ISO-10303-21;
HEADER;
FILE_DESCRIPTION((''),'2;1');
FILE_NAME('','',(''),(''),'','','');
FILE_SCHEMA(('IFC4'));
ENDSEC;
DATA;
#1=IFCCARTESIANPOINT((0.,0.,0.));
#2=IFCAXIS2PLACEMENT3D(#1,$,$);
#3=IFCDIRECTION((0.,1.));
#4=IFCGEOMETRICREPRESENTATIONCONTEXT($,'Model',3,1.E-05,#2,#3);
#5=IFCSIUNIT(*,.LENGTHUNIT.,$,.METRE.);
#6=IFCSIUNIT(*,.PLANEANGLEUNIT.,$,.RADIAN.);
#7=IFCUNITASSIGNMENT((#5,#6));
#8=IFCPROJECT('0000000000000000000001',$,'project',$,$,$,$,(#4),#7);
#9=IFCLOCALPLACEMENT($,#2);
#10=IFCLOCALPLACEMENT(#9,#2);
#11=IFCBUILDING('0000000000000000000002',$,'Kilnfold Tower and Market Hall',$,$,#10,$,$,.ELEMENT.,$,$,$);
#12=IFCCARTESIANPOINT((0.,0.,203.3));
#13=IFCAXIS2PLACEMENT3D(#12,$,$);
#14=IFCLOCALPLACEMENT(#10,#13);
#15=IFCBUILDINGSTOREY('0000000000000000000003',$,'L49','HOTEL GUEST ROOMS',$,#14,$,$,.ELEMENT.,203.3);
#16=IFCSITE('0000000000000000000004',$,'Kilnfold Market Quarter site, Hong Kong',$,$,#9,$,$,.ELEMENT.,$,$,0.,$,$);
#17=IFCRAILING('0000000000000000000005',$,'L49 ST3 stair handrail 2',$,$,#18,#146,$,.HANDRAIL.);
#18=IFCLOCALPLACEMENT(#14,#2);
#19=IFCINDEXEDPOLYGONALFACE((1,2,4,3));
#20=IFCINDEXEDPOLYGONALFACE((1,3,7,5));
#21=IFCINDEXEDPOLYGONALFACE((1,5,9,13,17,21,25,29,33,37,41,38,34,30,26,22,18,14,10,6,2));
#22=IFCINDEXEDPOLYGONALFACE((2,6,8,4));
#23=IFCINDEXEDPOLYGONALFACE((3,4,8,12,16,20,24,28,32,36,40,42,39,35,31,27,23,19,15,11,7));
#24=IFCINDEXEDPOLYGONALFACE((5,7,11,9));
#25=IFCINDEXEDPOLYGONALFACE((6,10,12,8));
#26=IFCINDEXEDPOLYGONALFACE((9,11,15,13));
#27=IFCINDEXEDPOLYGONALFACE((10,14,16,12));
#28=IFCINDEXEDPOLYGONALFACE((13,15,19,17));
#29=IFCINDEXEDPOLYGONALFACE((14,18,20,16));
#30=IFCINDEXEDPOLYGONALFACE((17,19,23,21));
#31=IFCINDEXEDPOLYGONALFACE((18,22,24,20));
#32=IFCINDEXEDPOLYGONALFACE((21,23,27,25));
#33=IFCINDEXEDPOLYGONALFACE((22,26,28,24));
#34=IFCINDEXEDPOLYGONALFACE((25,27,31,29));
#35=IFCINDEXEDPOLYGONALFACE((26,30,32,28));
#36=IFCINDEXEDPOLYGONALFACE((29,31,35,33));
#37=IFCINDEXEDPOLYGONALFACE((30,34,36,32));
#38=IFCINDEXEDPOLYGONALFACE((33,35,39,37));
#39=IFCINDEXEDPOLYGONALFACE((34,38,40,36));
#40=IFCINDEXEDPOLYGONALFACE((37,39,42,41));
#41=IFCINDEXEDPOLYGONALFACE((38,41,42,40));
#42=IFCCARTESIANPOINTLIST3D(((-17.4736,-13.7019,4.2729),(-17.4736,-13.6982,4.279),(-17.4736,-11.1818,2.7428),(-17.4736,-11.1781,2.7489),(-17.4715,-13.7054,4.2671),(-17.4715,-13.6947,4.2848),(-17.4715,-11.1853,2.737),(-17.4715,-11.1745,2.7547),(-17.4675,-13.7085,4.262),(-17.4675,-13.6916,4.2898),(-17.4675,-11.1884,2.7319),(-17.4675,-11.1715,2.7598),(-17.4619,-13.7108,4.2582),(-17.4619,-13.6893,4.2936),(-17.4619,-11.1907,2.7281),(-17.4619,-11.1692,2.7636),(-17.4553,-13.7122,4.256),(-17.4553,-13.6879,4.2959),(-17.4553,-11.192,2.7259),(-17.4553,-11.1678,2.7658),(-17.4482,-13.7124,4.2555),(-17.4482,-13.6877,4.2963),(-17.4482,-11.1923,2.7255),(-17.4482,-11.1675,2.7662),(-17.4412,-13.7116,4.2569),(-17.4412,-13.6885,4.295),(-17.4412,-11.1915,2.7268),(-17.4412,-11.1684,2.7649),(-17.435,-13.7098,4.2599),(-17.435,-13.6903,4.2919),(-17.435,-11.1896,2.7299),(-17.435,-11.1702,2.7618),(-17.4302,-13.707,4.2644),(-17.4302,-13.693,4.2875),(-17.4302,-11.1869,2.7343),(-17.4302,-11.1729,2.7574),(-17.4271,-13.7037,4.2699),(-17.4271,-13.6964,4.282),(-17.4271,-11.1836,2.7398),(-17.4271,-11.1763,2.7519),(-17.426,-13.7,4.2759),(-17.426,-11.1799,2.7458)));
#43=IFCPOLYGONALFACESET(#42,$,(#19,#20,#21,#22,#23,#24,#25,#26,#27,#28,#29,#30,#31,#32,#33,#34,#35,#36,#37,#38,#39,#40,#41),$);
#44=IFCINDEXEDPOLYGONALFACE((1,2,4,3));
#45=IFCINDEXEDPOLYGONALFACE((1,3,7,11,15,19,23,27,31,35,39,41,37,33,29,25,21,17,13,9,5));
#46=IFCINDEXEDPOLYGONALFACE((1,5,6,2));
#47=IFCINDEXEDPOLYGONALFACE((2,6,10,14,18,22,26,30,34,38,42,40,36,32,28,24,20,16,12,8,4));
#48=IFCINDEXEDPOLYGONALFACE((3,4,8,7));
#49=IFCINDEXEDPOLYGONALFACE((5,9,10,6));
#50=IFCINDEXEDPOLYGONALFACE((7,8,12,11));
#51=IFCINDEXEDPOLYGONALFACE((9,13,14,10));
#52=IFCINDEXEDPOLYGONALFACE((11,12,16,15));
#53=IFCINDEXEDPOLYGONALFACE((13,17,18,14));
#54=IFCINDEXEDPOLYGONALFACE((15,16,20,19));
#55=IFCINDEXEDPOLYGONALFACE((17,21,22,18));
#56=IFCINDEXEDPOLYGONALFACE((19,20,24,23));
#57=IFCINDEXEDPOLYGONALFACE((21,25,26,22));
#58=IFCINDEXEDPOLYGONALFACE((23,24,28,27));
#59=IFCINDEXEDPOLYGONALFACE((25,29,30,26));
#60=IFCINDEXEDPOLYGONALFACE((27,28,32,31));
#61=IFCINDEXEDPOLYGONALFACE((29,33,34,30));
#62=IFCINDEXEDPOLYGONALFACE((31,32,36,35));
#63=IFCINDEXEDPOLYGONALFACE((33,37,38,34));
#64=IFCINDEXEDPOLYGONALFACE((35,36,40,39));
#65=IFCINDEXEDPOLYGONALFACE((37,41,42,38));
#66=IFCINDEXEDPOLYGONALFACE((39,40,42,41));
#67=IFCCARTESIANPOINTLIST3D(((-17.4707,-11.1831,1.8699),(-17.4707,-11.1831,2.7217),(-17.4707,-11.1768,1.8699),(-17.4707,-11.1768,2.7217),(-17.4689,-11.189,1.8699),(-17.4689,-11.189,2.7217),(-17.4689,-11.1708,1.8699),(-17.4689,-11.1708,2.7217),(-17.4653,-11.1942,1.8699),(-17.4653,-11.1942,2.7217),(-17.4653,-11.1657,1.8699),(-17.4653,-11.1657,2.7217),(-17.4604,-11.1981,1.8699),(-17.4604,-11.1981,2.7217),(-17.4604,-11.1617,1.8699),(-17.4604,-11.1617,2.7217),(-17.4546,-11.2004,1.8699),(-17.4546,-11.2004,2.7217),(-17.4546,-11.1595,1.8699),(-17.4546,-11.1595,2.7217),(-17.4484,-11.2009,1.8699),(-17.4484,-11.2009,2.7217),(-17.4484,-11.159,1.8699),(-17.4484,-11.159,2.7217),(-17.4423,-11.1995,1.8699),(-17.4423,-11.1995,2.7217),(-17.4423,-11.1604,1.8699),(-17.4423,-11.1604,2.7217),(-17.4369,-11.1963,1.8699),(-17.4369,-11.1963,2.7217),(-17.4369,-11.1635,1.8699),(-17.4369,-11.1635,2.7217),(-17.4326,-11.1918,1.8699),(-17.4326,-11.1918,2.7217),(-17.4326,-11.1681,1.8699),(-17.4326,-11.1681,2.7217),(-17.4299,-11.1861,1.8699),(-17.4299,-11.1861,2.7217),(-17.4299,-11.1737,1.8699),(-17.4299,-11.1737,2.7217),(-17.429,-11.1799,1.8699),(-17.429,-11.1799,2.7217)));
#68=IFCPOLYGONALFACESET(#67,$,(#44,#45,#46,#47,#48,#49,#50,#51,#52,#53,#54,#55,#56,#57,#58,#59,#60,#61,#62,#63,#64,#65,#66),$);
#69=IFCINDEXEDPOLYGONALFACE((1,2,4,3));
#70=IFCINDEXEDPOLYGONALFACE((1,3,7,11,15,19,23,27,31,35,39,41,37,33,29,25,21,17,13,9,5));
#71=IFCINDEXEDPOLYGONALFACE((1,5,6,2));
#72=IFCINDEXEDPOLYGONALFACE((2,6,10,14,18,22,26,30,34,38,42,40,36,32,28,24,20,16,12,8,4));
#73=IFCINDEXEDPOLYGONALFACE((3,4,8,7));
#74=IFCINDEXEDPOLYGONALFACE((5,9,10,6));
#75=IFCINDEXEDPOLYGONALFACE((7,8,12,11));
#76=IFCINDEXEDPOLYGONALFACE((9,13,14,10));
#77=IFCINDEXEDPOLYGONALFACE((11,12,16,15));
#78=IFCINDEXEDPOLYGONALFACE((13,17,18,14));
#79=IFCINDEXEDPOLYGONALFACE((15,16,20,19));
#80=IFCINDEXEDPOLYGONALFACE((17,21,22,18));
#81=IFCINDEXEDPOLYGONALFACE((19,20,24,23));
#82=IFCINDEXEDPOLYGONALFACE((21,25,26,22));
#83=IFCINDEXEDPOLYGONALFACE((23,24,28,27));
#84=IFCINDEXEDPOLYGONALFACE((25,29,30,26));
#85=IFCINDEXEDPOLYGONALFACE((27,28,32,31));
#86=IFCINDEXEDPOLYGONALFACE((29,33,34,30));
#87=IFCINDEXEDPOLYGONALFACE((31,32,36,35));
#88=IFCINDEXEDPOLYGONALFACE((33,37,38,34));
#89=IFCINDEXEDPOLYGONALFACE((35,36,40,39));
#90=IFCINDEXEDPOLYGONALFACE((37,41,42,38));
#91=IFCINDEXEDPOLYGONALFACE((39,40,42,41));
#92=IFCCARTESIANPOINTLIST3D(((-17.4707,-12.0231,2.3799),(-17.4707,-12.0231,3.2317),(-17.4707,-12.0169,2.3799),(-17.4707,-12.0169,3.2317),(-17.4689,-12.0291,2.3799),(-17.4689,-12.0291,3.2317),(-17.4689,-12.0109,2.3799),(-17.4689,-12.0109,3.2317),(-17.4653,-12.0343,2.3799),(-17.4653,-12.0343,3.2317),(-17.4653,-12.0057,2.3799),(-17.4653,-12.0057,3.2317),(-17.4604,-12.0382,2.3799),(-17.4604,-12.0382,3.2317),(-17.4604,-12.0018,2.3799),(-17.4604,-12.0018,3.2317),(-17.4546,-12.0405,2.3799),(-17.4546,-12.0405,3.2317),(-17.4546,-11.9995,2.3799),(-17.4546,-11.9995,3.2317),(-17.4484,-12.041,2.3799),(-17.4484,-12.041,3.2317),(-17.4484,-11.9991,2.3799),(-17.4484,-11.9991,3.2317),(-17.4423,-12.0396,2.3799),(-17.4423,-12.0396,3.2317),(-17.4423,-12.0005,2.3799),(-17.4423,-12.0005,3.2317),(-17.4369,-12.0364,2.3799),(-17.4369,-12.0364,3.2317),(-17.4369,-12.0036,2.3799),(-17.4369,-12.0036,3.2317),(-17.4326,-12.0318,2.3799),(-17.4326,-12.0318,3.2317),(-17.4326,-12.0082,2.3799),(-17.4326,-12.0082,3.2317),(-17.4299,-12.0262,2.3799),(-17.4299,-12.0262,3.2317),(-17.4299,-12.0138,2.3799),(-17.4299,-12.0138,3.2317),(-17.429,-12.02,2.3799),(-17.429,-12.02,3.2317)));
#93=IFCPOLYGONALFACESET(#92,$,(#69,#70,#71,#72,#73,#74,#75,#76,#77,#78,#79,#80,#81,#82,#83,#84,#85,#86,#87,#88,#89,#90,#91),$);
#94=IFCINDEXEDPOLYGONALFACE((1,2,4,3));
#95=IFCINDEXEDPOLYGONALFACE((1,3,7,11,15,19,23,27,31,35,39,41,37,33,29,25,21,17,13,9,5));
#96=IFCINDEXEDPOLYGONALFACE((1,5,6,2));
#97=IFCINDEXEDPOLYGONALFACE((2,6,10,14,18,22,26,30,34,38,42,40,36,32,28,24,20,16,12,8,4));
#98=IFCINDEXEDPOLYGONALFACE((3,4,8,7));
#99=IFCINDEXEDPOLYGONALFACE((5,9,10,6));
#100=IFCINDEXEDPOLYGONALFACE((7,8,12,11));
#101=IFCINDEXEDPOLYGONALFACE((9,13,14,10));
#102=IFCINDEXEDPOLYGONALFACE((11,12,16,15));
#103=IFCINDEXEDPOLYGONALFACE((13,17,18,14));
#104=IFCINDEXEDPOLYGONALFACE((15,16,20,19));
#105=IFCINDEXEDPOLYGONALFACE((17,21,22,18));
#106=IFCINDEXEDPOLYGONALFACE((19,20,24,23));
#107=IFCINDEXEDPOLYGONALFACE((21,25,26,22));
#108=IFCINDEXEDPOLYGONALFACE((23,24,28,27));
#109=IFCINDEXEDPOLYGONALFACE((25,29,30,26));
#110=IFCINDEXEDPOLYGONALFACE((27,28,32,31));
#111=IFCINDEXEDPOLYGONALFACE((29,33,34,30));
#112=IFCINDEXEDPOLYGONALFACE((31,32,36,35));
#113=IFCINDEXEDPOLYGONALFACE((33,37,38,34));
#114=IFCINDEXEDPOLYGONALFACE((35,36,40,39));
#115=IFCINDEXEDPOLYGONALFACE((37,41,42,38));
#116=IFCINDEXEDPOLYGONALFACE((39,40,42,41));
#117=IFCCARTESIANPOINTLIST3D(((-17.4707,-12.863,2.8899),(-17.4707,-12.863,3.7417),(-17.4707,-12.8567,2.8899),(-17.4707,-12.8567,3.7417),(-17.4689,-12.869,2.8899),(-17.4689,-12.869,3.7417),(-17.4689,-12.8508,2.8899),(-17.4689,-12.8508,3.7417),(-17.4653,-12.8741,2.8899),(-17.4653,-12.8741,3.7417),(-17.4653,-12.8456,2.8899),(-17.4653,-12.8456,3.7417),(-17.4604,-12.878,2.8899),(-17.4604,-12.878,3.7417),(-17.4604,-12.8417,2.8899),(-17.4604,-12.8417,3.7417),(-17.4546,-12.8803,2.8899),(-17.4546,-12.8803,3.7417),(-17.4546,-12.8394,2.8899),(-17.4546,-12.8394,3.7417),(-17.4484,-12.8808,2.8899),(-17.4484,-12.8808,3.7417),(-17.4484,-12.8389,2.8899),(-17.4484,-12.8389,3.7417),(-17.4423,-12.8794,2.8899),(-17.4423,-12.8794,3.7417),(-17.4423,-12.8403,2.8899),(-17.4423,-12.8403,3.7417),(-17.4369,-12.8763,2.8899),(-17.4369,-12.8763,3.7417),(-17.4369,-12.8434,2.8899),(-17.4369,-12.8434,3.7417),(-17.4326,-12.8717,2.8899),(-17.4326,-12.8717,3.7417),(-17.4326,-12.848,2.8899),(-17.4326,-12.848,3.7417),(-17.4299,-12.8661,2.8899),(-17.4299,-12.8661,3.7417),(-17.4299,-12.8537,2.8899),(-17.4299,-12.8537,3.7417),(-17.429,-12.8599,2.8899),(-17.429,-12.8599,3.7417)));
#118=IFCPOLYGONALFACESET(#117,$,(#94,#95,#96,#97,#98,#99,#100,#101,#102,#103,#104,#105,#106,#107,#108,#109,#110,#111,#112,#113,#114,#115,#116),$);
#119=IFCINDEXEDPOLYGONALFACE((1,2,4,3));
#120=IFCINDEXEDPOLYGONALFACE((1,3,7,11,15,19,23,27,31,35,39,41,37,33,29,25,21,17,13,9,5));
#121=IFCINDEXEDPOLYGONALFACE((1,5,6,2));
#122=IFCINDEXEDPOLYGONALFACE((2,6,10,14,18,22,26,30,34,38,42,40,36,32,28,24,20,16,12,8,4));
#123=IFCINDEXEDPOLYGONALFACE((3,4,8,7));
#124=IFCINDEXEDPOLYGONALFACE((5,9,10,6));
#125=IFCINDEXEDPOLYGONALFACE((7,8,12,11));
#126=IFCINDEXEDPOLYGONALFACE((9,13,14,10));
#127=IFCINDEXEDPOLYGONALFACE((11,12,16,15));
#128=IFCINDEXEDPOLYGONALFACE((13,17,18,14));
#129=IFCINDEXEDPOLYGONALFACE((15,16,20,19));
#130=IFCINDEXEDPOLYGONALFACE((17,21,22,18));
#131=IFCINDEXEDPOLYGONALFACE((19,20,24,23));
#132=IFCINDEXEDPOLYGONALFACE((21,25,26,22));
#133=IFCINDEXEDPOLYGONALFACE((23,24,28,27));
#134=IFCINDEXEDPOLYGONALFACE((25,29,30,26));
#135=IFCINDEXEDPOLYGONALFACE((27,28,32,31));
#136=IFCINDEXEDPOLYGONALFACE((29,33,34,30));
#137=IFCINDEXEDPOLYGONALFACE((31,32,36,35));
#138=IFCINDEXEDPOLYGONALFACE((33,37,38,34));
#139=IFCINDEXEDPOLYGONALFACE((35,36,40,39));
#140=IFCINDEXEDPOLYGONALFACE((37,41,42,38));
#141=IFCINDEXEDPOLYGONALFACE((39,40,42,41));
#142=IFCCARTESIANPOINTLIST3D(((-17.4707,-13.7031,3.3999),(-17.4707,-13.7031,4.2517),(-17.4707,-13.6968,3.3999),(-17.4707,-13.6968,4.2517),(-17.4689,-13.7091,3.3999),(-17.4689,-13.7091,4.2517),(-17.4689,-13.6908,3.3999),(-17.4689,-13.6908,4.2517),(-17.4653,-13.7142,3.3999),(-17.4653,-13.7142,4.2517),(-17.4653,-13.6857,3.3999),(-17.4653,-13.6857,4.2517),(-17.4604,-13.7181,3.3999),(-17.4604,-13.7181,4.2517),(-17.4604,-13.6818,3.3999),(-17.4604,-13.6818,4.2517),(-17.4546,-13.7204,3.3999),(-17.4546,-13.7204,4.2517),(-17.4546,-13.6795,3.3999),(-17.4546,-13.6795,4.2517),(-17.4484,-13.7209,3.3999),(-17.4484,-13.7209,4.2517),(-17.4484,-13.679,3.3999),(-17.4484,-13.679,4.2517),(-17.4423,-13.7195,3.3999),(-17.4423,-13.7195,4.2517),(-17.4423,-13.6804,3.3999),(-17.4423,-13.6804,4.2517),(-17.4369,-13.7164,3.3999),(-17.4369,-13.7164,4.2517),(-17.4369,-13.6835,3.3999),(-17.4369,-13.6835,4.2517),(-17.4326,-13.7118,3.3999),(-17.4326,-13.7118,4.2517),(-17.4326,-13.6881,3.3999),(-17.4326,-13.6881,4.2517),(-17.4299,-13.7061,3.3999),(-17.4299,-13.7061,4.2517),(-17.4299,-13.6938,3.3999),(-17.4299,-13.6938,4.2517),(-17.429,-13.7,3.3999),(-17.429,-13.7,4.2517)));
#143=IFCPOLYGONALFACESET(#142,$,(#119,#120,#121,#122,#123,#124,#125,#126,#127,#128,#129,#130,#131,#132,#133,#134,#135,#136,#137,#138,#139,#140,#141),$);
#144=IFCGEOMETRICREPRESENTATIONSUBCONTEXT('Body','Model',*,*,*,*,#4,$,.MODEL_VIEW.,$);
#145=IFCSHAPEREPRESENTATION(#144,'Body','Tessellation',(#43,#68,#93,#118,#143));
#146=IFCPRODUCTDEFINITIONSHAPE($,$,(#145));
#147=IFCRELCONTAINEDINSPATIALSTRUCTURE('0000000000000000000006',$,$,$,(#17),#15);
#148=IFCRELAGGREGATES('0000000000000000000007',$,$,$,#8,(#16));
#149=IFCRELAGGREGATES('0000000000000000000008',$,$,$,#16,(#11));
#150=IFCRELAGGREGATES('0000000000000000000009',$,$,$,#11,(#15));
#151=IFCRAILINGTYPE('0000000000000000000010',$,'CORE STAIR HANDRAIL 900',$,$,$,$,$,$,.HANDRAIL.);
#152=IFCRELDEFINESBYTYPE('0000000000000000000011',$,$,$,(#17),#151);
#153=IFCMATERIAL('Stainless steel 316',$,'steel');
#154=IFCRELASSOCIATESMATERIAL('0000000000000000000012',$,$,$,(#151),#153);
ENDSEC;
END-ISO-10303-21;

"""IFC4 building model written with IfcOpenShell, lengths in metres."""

from ifc_helpers import new_model, si_unit, direction, frame, origin, origin_2d, place, context, subcontext, project, spatial, circle, extrude, material, type_object, element, save


model = new_model("IFC4")

# Units and contexts
model_context = context("Model", 3, precision=1e-05, world=origin(), true_north=direction((0.0, 1.0)))
body_context = subcontext(model_context, "Body", "Model", "MODEL_VIEW")
ifc_project = project(units=[si_unit("LENGTHUNIT", "METRE"), si_unit("PLANEANGLEUNIT", "RADIAN")], contexts=[model_context])

# Site, building, storey
site_placement = place(None, origin())
site = spatial("IfcSite", under=ifc_project, at=site_placement, Name="Kilnfold Market Quarter site, Hong Kong", CompositionType="ELEMENT", RefElevation=0.0)
building_placement = place(site_placement, origin())
building = spatial("IfcBuilding", under=site, at=building_placement, Name="Kilnfold Tower and Market Hall", CompositionType="ELEMENT")
storey_placement = place(building_placement, frame((0.0, 0.0, 203.3)))
storey = spatial("IfcBuildingStorey", under=building, at=storey_placement, Name="L49", Description="HOTEL GUEST ROOMS", CompositionType="ELEMENT", Elevation=203.3)

# Railing
ifc_material_1 = material(Name="Stainless steel 316", Category="steel")
railing_type_1 = type_object("IfcRailingType", Name="CORE STAIR HANDRAIL 900", PredefinedType="HANDRAIL", material=ifc_material_1)
railing_1_placement = place(storey_placement, frame((-17.45, -11.1799, 1.8699)))
element("IfcRailing", 1, at=railing_1_placement, inside=storey, type_object=railing_type_1, Name="L49 ST3 stair handrail 2", PredefinedType="HANDRAIL", context=body_context, shape_type="SweptSolid", body=[
    extrude(circle(Radius=0.0239, at=origin_2d()), frame((0.0, 0.0, 0.876), z_axis=(0.0, -0.854785, 0.518982), x_axis=(1.0, 0.0, 0.0)), (0.0, 0.0, 1.0), 2.9482),
    extrude(circle(Radius=0.021, at=origin_2d()), origin(), (0.0, 0.0, 1.0), 0.8518),
    extrude(circle(Radius=0.021, at=origin_2d()), frame((0.0, -0.8401, 0.51)), (0.0, 0.0, 1.0), 0.8518),
    extrude(circle(Radius=0.021, at=origin_2d()), frame((0.0, -1.6799, 1.02)), (0.0, 0.0, 1.0), 0.8518),
    extrude(circle(Radius=0.021, at=origin_2d()), frame((0.0, -2.52, 1.53)), (0.0, 0.0, 1.0), 0.8518),
])

save(model, "model.ifc")
